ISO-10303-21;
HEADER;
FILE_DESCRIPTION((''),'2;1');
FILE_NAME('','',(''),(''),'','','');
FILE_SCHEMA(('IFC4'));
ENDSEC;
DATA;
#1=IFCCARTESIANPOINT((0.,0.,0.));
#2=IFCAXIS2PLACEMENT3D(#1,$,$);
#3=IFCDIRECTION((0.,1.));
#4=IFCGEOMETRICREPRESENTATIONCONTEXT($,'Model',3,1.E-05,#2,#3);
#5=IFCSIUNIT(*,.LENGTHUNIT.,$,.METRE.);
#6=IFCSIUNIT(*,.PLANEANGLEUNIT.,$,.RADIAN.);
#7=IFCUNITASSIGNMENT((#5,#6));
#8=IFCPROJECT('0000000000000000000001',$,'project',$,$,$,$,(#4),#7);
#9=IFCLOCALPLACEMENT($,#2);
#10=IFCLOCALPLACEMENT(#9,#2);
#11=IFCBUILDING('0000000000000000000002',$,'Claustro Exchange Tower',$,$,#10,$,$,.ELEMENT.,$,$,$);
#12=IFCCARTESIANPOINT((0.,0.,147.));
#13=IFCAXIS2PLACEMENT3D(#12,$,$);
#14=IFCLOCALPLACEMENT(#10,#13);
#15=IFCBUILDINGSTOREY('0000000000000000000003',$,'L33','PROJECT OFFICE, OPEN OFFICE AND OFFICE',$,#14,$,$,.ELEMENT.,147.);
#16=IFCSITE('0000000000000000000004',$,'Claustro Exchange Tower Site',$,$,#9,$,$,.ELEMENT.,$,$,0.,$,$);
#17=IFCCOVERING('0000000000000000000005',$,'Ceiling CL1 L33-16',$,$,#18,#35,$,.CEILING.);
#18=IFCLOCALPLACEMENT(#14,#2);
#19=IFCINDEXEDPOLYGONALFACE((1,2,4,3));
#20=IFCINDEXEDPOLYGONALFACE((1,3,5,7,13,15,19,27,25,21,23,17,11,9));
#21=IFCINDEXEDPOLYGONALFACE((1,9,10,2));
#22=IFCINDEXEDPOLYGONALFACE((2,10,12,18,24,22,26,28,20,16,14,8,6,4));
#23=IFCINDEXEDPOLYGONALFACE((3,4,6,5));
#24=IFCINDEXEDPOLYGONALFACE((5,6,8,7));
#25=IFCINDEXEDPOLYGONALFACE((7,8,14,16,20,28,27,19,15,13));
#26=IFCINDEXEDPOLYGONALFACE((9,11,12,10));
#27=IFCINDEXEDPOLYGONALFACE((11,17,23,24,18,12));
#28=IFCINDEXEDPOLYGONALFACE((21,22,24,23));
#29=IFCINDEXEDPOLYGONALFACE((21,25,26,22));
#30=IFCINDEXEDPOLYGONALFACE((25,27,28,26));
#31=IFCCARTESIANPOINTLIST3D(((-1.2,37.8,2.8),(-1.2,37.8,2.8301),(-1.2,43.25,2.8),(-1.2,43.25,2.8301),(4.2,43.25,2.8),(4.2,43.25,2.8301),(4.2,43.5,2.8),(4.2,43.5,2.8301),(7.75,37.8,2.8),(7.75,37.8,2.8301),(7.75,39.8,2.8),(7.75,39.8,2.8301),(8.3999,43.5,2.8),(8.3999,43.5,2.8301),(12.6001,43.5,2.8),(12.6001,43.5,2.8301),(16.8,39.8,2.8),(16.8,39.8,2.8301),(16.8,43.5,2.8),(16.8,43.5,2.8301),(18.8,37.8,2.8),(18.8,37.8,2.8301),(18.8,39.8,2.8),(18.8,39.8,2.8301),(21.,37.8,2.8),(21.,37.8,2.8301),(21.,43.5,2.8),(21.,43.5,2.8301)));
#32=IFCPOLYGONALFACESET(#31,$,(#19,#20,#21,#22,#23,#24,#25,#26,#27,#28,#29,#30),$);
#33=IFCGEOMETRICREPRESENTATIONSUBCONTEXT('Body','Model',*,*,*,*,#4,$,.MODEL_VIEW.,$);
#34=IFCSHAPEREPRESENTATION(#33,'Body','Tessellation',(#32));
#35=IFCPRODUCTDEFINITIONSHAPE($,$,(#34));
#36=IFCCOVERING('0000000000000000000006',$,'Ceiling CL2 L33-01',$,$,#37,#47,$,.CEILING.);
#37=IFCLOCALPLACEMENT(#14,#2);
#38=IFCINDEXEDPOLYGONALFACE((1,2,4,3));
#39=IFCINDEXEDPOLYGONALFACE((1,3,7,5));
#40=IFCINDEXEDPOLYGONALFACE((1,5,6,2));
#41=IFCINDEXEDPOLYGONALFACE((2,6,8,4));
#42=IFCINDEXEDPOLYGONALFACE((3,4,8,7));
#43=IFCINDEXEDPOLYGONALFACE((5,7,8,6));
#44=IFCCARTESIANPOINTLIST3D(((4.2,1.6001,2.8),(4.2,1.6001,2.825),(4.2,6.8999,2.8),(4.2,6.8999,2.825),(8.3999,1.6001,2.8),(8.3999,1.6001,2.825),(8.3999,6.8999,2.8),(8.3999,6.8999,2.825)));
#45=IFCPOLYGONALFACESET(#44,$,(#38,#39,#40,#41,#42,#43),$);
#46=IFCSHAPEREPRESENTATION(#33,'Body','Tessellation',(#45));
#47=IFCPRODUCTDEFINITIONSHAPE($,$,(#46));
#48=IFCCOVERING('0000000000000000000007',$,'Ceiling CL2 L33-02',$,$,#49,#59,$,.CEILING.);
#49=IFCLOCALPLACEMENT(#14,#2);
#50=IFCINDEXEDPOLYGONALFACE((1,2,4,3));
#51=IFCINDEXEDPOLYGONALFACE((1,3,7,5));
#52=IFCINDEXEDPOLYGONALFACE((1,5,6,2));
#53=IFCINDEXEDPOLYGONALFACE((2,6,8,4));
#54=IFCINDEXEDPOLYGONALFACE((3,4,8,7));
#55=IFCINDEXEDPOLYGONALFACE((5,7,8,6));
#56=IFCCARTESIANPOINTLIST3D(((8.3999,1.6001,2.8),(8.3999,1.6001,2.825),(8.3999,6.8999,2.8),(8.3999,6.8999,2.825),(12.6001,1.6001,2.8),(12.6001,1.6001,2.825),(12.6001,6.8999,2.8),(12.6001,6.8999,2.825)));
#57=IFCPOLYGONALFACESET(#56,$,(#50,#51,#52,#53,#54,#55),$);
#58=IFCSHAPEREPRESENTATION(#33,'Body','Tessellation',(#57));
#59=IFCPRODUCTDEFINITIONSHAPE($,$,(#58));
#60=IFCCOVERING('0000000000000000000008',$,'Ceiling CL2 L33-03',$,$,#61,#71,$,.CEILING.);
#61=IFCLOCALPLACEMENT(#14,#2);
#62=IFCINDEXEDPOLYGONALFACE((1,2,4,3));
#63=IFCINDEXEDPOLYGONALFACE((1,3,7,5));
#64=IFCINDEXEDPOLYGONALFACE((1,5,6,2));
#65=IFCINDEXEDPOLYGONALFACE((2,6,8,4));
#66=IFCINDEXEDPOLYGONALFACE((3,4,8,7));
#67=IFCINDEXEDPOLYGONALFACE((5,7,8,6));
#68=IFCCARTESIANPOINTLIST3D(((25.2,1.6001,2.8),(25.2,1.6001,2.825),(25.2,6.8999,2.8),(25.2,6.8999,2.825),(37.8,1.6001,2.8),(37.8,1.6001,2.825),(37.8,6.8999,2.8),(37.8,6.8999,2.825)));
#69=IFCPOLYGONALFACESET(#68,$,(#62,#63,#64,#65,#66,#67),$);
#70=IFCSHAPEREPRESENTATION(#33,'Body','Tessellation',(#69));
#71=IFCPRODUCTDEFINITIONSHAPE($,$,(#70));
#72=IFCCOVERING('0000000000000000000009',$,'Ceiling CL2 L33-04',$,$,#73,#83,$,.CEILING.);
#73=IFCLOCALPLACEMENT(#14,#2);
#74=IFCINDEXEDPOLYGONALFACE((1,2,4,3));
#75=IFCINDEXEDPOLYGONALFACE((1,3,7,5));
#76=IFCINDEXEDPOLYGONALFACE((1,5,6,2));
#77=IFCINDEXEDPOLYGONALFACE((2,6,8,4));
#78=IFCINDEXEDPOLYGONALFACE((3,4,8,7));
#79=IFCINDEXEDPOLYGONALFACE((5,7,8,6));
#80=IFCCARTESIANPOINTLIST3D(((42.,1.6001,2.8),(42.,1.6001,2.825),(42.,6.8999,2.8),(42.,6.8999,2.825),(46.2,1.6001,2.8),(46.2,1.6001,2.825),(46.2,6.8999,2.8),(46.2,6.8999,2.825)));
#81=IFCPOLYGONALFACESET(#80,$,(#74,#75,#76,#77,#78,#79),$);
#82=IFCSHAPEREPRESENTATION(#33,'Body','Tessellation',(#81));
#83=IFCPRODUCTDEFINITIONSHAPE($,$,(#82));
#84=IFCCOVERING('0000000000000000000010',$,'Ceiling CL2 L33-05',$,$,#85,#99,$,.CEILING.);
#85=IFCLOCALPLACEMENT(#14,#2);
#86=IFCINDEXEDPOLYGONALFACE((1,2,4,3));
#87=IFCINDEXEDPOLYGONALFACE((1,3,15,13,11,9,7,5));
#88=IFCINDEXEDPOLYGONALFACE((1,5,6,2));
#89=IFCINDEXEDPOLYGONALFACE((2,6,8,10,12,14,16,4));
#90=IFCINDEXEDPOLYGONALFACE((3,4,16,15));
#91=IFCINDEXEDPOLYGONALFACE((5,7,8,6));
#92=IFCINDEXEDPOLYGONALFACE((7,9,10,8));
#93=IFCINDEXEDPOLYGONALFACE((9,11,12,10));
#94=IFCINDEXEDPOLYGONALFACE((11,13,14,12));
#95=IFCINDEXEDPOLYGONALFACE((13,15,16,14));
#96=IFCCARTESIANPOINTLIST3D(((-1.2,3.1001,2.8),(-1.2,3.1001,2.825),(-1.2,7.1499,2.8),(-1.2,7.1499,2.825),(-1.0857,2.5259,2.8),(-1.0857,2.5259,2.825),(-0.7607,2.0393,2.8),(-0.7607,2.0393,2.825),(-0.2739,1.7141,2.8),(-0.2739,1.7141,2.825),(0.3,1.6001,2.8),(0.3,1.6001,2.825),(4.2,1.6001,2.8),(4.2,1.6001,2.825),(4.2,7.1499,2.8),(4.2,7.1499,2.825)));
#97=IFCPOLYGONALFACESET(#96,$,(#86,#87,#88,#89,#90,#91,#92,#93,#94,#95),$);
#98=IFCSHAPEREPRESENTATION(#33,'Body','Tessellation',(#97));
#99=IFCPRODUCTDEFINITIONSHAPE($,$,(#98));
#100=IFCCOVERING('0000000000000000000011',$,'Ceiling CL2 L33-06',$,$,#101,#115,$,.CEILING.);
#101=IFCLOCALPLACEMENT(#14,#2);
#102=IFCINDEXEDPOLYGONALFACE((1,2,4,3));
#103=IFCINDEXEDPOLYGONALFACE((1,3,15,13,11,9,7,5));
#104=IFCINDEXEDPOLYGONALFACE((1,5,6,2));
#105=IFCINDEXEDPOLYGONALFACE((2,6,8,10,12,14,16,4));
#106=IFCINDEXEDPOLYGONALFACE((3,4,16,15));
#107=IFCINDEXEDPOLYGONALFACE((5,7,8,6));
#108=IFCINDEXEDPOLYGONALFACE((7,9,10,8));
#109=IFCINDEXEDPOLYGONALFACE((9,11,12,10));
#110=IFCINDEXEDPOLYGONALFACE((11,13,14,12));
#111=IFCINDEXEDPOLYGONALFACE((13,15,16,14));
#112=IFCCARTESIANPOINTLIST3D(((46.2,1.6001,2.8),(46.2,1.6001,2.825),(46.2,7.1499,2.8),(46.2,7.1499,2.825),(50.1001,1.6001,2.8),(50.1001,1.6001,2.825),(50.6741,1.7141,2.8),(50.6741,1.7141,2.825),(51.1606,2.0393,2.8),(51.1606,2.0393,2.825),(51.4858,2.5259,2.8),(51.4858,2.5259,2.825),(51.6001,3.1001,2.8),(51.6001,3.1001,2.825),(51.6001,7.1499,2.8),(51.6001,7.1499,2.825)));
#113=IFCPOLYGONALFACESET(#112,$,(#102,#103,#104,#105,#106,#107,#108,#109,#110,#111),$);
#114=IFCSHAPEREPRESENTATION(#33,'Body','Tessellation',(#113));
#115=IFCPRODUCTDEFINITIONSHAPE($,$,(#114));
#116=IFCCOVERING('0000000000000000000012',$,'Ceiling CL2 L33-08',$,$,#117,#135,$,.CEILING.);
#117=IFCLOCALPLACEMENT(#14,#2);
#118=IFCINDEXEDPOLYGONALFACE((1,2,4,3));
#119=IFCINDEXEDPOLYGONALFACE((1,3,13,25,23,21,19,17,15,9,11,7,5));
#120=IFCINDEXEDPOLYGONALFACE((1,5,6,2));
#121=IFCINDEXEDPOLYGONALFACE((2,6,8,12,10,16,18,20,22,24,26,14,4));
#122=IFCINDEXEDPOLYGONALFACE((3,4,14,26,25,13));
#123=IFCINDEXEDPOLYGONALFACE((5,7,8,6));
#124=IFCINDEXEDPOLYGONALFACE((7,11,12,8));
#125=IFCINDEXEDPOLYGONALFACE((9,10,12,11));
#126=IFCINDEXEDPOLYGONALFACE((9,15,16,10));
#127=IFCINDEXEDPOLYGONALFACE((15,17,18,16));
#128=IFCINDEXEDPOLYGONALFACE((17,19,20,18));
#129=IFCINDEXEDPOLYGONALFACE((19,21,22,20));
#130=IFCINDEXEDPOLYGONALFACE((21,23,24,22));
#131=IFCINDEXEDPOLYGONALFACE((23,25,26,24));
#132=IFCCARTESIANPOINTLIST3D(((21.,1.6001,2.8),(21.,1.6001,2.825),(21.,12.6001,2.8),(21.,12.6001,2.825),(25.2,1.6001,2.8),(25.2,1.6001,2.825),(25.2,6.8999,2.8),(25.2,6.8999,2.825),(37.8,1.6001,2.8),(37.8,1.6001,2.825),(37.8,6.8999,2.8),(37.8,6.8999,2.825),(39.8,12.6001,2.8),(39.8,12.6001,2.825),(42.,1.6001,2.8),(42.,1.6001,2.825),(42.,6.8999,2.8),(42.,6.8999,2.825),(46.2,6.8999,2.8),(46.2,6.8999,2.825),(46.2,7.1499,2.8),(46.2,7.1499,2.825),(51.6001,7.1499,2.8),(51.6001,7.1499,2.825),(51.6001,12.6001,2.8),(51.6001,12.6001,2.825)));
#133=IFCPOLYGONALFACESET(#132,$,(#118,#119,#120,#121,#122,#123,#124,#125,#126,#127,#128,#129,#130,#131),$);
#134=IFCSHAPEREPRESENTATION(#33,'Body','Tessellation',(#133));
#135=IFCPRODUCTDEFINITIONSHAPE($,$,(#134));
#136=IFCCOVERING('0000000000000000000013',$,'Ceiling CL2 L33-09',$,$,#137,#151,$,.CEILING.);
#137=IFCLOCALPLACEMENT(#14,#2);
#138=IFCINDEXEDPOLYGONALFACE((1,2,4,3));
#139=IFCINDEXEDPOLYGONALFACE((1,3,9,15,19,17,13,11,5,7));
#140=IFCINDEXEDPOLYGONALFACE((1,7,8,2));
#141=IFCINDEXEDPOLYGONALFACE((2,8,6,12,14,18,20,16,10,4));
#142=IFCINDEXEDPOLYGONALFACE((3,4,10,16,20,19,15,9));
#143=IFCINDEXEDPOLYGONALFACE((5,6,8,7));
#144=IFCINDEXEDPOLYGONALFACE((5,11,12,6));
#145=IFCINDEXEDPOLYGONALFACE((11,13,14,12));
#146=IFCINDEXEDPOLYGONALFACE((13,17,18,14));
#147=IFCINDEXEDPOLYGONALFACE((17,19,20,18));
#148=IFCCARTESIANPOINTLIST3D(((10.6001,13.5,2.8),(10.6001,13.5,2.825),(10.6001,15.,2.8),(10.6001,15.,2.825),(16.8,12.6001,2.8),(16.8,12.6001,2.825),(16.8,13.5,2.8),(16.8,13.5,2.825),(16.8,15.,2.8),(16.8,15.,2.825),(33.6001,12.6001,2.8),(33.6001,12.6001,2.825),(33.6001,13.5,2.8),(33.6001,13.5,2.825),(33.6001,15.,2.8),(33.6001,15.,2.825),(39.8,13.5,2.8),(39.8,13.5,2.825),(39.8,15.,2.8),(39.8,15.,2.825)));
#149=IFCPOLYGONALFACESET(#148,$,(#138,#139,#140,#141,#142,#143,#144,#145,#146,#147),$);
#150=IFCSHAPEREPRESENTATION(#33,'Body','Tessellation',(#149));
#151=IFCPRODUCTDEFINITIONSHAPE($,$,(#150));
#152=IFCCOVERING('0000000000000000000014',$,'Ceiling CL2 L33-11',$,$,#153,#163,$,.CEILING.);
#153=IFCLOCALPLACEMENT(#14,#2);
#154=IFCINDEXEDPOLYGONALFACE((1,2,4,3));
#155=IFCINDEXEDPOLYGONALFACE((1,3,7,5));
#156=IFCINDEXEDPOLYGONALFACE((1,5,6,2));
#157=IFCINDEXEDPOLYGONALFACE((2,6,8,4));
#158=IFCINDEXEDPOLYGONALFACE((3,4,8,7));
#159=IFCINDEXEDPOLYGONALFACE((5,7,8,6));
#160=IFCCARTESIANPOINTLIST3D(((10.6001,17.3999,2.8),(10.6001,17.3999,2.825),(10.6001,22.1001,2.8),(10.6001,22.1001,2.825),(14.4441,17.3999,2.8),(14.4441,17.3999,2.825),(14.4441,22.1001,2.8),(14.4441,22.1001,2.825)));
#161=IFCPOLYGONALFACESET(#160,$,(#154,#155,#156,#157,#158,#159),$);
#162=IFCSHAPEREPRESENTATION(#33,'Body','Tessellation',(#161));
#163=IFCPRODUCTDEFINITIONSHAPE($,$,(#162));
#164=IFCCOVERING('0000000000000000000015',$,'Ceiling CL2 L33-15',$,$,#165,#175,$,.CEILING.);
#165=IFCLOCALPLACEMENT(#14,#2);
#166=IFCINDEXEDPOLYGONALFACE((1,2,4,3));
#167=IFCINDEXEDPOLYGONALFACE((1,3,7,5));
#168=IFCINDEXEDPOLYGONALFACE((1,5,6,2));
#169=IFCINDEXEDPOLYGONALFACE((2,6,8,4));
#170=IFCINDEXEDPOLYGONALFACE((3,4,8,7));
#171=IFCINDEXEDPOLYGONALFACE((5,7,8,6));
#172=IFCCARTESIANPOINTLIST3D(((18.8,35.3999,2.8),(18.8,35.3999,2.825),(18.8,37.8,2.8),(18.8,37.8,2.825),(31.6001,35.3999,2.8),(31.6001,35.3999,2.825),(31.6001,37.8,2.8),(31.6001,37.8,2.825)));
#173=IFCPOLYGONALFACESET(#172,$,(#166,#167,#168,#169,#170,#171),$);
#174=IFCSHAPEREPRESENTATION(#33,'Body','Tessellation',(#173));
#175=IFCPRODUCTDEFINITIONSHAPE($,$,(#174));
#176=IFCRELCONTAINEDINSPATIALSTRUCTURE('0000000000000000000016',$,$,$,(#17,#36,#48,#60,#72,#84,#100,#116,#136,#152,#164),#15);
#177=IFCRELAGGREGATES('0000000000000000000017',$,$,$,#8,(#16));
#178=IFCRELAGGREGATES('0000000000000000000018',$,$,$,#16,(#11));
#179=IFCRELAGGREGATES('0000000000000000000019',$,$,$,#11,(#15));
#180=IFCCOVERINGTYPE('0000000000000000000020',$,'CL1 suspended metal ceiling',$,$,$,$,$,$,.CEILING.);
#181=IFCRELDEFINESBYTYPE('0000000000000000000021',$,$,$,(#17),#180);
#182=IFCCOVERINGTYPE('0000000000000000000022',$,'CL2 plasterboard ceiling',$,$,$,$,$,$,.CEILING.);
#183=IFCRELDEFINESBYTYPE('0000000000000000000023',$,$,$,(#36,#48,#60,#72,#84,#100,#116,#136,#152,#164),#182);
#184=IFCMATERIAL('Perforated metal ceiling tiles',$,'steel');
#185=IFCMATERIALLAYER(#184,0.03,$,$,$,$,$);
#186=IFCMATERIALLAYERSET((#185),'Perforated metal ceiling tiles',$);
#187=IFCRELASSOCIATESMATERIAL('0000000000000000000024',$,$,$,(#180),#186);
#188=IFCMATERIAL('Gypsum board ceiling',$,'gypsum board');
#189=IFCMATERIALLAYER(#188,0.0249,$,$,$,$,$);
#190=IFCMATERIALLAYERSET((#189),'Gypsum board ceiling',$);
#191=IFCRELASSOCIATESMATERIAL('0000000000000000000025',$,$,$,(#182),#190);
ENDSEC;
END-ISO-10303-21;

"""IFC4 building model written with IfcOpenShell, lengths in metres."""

from ifc_helpers import new_model, si_unit, direction, frame, origin, place, context, subcontext, project, spatial, polyline, outline, extrude, material, layer, layer_set, type_object, element, save


model = new_model("IFC4")

# Units and contexts
model_context = context("Model", 3, precision=1e-05, world=origin(), true_north=direction((0.0, 1.0)))
body_context = subcontext(model_context, "Body", "Model", "MODEL_VIEW")
ifc_project = project(units=[si_unit("LENGTHUNIT", "METRE"), si_unit("PLANEANGLEUNIT", "RADIAN")], contexts=[model_context])

# Site, building, storey
site_placement = place(None, origin())
site = spatial("IfcSite", under=ifc_project, at=site_placement, Name="Claustro Exchange Tower Site", CompositionType="ELEMENT", RefElevation=0.0)
building_placement = place(site_placement, origin())
building = spatial("IfcBuilding", under=site, at=building_placement, Name="Claustro Exchange Tower", CompositionType="ELEMENT")
storey_placement = place(building_placement, frame((0.0, 0.0, 147.0)))
storey = spatial("IfcBuildingStorey", under=building, at=storey_placement, Name="L33", Description="PROJECT OFFICE, OPEN OFFICE AND OFFICE", CompositionType="ELEMENT", Elevation=147.0)

# Coverings
ifc_material_1 = material(Name="Perforated metal ceiling tiles", Category="steel")
ifc_layer_1 = layer(ifc_material_1, 0.03)
ifc_layer_set_1 = layer_set([ifc_layer_1], Name="Perforated metal ceiling tiles")
covering_type_1 = type_object("IfcCoveringType", Name="CL1 suspended metal ceiling", PredefinedType="CEILING", material=ifc_layer_set_1)
covering_1_placement = place(storey_placement, frame((0.0, 0.0, 2.8)))
element("IfcCovering", 1, at=covering_1_placement, inside=storey, type_object=covering_type_1, Name="Ceiling CL1 L33-16", PredefinedType="CEILING", context=body_context, shape_type="SweptSolid", body=[
    extrude(outline(polyline([(-1.2, 43.25), (-1.2, 37.8), (7.75, 37.8), (7.75, 39.8), (16.8, 39.8), (18.8, 39.8), (18.8, 37.8), (21.0, 37.8), (21.0, 43.5), (16.8, 43.5), (12.6001, 43.5), (8.3999, 43.5), (4.2, 43.5), (4.2, 43.25), (-1.2, 43.25)])), origin(), (0.0, 0.0, 1.0), 0.03),
])
ifc_material_2 = material(Name="Gypsum board ceiling", Category="gypsum board")
ifc_layer_2 = layer(ifc_material_2, 0.0249)
ifc_layer_set_2 = layer_set([ifc_layer_2], Name="Gypsum board ceiling")
covering_type_2 = type_object("IfcCoveringType", Name="CL2 plasterboard ceiling", PredefinedType="CEILING", material=ifc_layer_set_2)
covering_2_placement = place(storey_placement, frame((0.0, 0.0, 2.8)))
element("IfcCovering", 2, at=covering_2_placement, inside=storey, type_object=covering_type_2, Name="Ceiling CL2 L33-01", PredefinedType="CEILING", context=body_context, shape_type="SweptSolid", body=[
    extrude(outline(polyline([(4.2, 1.6001), (8.3999, 1.6001), (8.3999, 6.8999), (4.2, 6.8999), (4.2, 1.6001)])), origin(), (0.0, 0.0, 1.0), 0.0249),
])
covering_3_placement = place(storey_placement, frame((0.0, 0.0, 2.8)))
element("IfcCovering", 3, at=covering_3_placement, inside=storey, type_object=covering_type_2, Name="Ceiling CL2 L33-02", PredefinedType="CEILING", context=body_context, shape_type="SweptSolid", body=[
    extrude(outline(polyline([(8.3999, 1.6001), (12.6001, 1.6001), (12.6001, 6.8999), (8.3999, 6.8999), (8.3999, 1.6001)])), origin(), (0.0, 0.0, 1.0), 0.0249),
])
covering_4_placement = place(storey_placement, frame((0.0, 0.0, 2.8)))
element("IfcCovering", 4, at=covering_4_placement, inside=storey, type_object=covering_type_2, Name="Ceiling CL2 L33-03", PredefinedType="CEILING", context=body_context, shape_type="SweptSolid", body=[
    extrude(outline(polyline([(25.2, 1.6001), (37.8, 1.6001), (37.8, 6.8999), (25.2, 6.8999), (25.2, 1.6001)])), origin(), (0.0, 0.0, 1.0), 0.0249),
])
covering_5_placement = place(storey_placement, frame((0.0, 0.0, 2.8)))
element("IfcCovering", 5, at=covering_5_placement, inside=storey, type_object=covering_type_2, Name="Ceiling CL2 L33-04", PredefinedType="CEILING", context=body_context, shape_type="SweptSolid", body=[
    extrude(outline(polyline([(42.0, 1.6001), (46.2, 1.6001), (46.2, 6.8999), (42.0, 6.8999), (42.0, 1.6001)])), origin(), (0.0, 0.0, 1.0), 0.0249),
])
covering_6_placement = place(storey_placement, frame((0.0, 0.0, 2.8)))
element("IfcCovering", 6, at=covering_6_placement, inside=storey, type_object=covering_type_2, Name="Ceiling CL2 L33-05", PredefinedType="CEILING", context=body_context, shape_type="SweptSolid", body=[
    extrude(outline(polyline([(-1.0857, 2.5259), (-0.7607, 2.0393), (-0.2739, 1.7141), (0.3, 1.6001), (4.2, 1.6001), (4.2, 7.1499), (-1.2, 7.1499), (-1.2, 3.1001), (-1.0857, 2.5259)])), origin(), (0.0, 0.0, 1.0), 0.0249),
])
covering_7_placement = place(storey_placement, frame((0.0, 0.0, 2.8)))
element("IfcCovering", 7, at=covering_7_placement, inside=storey, type_object=covering_type_2, Name="Ceiling CL2 L33-06", PredefinedType="CEILING", context=body_context, shape_type="SweptSolid", body=[
    extrude(outline(polyline([(51.6001, 3.1001), (51.6001, 7.1499), (46.2, 7.1499), (46.2, 1.6001), (50.1001, 1.6001), (50.6741, 1.7141), (51.1606, 2.0393), (51.4858, 2.5259), (51.6001, 3.1001)])), origin(), (0.0, 0.0, 1.0), 0.0249),
])
covering_8_placement = place(storey_placement, frame((0.0, 0.0, 2.8)))
element("IfcCovering", 8, at=covering_8_placement, inside=storey, type_object=covering_type_2, Name="Ceiling CL2 L33-08", PredefinedType="CEILING", context=body_context, shape_type="SweptSolid", body=[
    extrude(outline(polyline([(51.6001, 12.6001), (39.8, 12.6001), (21.0, 12.6001), (21.0, 1.6001), (25.2, 1.6001), (25.2, 6.8999), (37.8, 6.8999), (37.8, 1.6001), (42.0, 1.6001), (42.0, 6.8999), (46.2, 6.8999), (46.2, 7.1499), (51.6001, 7.1499), (51.6001, 12.6001)])), origin(), (0.0, 0.0, 1.0), 0.0249),
])
covering_9_placement = place(storey_placement, frame((0.0, 0.0, 2.8)))
element("IfcCovering", 9, at=covering_9_placement, inside=storey, type_object=covering_type_2, Name="Ceiling CL2 L33-09", PredefinedType="CEILING", context=body_context, shape_type="SweptSolid", body=[
    extrude(outline(polyline([(10.6001, 15.0), (10.6001, 13.5), (16.8, 13.5), (16.8, 12.6001), (33.6001, 12.6001), (33.6001, 13.5), (39.8, 13.5), (39.8, 15.0), (33.6001, 15.0), (33.6001, 15.0), (16.8, 15.0), (16.8, 15.0), (10.6001, 15.0)])), origin(), (0.0, 0.0, 1.0), 0.0249),
])
covering_10_placement = place(storey_placement, frame((0.0, 0.0, 2.8)))
element("IfcCovering", 10, at=covering_10_placement, inside=storey, type_object=covering_type_2, Name="Ceiling CL2 L33-11", PredefinedType="CEILING", context=body_context, shape_type="SweptSolid", body=[
    extrude(outline(polyline([(14.4441, 17.3999), (14.4441, 22.1001), (10.6001, 22.1001), (10.6001, 17.3999), (14.4441, 17.3999)])), origin(), (0.0, 0.0, 1.0), 0.0249),
])
covering_11_placement = place(storey_placement, frame((0.0, 0.0, 2.8)))
element("IfcCovering", 11, at=covering_11_placement, inside=storey, type_object=covering_type_2, Name="Ceiling CL2 L33-15", PredefinedType="CEILING", context=body_context, shape_type="SweptSolid", body=[
    extrude(outline(polyline([(18.8, 35.3999), (31.6001, 35.3999), (31.6001, 37.8), (18.8, 37.8), (18.8, 35.3999)])), origin(), (0.0, 0.0, 1.0), 0.0249),
])

save(model, "model.ifc")
